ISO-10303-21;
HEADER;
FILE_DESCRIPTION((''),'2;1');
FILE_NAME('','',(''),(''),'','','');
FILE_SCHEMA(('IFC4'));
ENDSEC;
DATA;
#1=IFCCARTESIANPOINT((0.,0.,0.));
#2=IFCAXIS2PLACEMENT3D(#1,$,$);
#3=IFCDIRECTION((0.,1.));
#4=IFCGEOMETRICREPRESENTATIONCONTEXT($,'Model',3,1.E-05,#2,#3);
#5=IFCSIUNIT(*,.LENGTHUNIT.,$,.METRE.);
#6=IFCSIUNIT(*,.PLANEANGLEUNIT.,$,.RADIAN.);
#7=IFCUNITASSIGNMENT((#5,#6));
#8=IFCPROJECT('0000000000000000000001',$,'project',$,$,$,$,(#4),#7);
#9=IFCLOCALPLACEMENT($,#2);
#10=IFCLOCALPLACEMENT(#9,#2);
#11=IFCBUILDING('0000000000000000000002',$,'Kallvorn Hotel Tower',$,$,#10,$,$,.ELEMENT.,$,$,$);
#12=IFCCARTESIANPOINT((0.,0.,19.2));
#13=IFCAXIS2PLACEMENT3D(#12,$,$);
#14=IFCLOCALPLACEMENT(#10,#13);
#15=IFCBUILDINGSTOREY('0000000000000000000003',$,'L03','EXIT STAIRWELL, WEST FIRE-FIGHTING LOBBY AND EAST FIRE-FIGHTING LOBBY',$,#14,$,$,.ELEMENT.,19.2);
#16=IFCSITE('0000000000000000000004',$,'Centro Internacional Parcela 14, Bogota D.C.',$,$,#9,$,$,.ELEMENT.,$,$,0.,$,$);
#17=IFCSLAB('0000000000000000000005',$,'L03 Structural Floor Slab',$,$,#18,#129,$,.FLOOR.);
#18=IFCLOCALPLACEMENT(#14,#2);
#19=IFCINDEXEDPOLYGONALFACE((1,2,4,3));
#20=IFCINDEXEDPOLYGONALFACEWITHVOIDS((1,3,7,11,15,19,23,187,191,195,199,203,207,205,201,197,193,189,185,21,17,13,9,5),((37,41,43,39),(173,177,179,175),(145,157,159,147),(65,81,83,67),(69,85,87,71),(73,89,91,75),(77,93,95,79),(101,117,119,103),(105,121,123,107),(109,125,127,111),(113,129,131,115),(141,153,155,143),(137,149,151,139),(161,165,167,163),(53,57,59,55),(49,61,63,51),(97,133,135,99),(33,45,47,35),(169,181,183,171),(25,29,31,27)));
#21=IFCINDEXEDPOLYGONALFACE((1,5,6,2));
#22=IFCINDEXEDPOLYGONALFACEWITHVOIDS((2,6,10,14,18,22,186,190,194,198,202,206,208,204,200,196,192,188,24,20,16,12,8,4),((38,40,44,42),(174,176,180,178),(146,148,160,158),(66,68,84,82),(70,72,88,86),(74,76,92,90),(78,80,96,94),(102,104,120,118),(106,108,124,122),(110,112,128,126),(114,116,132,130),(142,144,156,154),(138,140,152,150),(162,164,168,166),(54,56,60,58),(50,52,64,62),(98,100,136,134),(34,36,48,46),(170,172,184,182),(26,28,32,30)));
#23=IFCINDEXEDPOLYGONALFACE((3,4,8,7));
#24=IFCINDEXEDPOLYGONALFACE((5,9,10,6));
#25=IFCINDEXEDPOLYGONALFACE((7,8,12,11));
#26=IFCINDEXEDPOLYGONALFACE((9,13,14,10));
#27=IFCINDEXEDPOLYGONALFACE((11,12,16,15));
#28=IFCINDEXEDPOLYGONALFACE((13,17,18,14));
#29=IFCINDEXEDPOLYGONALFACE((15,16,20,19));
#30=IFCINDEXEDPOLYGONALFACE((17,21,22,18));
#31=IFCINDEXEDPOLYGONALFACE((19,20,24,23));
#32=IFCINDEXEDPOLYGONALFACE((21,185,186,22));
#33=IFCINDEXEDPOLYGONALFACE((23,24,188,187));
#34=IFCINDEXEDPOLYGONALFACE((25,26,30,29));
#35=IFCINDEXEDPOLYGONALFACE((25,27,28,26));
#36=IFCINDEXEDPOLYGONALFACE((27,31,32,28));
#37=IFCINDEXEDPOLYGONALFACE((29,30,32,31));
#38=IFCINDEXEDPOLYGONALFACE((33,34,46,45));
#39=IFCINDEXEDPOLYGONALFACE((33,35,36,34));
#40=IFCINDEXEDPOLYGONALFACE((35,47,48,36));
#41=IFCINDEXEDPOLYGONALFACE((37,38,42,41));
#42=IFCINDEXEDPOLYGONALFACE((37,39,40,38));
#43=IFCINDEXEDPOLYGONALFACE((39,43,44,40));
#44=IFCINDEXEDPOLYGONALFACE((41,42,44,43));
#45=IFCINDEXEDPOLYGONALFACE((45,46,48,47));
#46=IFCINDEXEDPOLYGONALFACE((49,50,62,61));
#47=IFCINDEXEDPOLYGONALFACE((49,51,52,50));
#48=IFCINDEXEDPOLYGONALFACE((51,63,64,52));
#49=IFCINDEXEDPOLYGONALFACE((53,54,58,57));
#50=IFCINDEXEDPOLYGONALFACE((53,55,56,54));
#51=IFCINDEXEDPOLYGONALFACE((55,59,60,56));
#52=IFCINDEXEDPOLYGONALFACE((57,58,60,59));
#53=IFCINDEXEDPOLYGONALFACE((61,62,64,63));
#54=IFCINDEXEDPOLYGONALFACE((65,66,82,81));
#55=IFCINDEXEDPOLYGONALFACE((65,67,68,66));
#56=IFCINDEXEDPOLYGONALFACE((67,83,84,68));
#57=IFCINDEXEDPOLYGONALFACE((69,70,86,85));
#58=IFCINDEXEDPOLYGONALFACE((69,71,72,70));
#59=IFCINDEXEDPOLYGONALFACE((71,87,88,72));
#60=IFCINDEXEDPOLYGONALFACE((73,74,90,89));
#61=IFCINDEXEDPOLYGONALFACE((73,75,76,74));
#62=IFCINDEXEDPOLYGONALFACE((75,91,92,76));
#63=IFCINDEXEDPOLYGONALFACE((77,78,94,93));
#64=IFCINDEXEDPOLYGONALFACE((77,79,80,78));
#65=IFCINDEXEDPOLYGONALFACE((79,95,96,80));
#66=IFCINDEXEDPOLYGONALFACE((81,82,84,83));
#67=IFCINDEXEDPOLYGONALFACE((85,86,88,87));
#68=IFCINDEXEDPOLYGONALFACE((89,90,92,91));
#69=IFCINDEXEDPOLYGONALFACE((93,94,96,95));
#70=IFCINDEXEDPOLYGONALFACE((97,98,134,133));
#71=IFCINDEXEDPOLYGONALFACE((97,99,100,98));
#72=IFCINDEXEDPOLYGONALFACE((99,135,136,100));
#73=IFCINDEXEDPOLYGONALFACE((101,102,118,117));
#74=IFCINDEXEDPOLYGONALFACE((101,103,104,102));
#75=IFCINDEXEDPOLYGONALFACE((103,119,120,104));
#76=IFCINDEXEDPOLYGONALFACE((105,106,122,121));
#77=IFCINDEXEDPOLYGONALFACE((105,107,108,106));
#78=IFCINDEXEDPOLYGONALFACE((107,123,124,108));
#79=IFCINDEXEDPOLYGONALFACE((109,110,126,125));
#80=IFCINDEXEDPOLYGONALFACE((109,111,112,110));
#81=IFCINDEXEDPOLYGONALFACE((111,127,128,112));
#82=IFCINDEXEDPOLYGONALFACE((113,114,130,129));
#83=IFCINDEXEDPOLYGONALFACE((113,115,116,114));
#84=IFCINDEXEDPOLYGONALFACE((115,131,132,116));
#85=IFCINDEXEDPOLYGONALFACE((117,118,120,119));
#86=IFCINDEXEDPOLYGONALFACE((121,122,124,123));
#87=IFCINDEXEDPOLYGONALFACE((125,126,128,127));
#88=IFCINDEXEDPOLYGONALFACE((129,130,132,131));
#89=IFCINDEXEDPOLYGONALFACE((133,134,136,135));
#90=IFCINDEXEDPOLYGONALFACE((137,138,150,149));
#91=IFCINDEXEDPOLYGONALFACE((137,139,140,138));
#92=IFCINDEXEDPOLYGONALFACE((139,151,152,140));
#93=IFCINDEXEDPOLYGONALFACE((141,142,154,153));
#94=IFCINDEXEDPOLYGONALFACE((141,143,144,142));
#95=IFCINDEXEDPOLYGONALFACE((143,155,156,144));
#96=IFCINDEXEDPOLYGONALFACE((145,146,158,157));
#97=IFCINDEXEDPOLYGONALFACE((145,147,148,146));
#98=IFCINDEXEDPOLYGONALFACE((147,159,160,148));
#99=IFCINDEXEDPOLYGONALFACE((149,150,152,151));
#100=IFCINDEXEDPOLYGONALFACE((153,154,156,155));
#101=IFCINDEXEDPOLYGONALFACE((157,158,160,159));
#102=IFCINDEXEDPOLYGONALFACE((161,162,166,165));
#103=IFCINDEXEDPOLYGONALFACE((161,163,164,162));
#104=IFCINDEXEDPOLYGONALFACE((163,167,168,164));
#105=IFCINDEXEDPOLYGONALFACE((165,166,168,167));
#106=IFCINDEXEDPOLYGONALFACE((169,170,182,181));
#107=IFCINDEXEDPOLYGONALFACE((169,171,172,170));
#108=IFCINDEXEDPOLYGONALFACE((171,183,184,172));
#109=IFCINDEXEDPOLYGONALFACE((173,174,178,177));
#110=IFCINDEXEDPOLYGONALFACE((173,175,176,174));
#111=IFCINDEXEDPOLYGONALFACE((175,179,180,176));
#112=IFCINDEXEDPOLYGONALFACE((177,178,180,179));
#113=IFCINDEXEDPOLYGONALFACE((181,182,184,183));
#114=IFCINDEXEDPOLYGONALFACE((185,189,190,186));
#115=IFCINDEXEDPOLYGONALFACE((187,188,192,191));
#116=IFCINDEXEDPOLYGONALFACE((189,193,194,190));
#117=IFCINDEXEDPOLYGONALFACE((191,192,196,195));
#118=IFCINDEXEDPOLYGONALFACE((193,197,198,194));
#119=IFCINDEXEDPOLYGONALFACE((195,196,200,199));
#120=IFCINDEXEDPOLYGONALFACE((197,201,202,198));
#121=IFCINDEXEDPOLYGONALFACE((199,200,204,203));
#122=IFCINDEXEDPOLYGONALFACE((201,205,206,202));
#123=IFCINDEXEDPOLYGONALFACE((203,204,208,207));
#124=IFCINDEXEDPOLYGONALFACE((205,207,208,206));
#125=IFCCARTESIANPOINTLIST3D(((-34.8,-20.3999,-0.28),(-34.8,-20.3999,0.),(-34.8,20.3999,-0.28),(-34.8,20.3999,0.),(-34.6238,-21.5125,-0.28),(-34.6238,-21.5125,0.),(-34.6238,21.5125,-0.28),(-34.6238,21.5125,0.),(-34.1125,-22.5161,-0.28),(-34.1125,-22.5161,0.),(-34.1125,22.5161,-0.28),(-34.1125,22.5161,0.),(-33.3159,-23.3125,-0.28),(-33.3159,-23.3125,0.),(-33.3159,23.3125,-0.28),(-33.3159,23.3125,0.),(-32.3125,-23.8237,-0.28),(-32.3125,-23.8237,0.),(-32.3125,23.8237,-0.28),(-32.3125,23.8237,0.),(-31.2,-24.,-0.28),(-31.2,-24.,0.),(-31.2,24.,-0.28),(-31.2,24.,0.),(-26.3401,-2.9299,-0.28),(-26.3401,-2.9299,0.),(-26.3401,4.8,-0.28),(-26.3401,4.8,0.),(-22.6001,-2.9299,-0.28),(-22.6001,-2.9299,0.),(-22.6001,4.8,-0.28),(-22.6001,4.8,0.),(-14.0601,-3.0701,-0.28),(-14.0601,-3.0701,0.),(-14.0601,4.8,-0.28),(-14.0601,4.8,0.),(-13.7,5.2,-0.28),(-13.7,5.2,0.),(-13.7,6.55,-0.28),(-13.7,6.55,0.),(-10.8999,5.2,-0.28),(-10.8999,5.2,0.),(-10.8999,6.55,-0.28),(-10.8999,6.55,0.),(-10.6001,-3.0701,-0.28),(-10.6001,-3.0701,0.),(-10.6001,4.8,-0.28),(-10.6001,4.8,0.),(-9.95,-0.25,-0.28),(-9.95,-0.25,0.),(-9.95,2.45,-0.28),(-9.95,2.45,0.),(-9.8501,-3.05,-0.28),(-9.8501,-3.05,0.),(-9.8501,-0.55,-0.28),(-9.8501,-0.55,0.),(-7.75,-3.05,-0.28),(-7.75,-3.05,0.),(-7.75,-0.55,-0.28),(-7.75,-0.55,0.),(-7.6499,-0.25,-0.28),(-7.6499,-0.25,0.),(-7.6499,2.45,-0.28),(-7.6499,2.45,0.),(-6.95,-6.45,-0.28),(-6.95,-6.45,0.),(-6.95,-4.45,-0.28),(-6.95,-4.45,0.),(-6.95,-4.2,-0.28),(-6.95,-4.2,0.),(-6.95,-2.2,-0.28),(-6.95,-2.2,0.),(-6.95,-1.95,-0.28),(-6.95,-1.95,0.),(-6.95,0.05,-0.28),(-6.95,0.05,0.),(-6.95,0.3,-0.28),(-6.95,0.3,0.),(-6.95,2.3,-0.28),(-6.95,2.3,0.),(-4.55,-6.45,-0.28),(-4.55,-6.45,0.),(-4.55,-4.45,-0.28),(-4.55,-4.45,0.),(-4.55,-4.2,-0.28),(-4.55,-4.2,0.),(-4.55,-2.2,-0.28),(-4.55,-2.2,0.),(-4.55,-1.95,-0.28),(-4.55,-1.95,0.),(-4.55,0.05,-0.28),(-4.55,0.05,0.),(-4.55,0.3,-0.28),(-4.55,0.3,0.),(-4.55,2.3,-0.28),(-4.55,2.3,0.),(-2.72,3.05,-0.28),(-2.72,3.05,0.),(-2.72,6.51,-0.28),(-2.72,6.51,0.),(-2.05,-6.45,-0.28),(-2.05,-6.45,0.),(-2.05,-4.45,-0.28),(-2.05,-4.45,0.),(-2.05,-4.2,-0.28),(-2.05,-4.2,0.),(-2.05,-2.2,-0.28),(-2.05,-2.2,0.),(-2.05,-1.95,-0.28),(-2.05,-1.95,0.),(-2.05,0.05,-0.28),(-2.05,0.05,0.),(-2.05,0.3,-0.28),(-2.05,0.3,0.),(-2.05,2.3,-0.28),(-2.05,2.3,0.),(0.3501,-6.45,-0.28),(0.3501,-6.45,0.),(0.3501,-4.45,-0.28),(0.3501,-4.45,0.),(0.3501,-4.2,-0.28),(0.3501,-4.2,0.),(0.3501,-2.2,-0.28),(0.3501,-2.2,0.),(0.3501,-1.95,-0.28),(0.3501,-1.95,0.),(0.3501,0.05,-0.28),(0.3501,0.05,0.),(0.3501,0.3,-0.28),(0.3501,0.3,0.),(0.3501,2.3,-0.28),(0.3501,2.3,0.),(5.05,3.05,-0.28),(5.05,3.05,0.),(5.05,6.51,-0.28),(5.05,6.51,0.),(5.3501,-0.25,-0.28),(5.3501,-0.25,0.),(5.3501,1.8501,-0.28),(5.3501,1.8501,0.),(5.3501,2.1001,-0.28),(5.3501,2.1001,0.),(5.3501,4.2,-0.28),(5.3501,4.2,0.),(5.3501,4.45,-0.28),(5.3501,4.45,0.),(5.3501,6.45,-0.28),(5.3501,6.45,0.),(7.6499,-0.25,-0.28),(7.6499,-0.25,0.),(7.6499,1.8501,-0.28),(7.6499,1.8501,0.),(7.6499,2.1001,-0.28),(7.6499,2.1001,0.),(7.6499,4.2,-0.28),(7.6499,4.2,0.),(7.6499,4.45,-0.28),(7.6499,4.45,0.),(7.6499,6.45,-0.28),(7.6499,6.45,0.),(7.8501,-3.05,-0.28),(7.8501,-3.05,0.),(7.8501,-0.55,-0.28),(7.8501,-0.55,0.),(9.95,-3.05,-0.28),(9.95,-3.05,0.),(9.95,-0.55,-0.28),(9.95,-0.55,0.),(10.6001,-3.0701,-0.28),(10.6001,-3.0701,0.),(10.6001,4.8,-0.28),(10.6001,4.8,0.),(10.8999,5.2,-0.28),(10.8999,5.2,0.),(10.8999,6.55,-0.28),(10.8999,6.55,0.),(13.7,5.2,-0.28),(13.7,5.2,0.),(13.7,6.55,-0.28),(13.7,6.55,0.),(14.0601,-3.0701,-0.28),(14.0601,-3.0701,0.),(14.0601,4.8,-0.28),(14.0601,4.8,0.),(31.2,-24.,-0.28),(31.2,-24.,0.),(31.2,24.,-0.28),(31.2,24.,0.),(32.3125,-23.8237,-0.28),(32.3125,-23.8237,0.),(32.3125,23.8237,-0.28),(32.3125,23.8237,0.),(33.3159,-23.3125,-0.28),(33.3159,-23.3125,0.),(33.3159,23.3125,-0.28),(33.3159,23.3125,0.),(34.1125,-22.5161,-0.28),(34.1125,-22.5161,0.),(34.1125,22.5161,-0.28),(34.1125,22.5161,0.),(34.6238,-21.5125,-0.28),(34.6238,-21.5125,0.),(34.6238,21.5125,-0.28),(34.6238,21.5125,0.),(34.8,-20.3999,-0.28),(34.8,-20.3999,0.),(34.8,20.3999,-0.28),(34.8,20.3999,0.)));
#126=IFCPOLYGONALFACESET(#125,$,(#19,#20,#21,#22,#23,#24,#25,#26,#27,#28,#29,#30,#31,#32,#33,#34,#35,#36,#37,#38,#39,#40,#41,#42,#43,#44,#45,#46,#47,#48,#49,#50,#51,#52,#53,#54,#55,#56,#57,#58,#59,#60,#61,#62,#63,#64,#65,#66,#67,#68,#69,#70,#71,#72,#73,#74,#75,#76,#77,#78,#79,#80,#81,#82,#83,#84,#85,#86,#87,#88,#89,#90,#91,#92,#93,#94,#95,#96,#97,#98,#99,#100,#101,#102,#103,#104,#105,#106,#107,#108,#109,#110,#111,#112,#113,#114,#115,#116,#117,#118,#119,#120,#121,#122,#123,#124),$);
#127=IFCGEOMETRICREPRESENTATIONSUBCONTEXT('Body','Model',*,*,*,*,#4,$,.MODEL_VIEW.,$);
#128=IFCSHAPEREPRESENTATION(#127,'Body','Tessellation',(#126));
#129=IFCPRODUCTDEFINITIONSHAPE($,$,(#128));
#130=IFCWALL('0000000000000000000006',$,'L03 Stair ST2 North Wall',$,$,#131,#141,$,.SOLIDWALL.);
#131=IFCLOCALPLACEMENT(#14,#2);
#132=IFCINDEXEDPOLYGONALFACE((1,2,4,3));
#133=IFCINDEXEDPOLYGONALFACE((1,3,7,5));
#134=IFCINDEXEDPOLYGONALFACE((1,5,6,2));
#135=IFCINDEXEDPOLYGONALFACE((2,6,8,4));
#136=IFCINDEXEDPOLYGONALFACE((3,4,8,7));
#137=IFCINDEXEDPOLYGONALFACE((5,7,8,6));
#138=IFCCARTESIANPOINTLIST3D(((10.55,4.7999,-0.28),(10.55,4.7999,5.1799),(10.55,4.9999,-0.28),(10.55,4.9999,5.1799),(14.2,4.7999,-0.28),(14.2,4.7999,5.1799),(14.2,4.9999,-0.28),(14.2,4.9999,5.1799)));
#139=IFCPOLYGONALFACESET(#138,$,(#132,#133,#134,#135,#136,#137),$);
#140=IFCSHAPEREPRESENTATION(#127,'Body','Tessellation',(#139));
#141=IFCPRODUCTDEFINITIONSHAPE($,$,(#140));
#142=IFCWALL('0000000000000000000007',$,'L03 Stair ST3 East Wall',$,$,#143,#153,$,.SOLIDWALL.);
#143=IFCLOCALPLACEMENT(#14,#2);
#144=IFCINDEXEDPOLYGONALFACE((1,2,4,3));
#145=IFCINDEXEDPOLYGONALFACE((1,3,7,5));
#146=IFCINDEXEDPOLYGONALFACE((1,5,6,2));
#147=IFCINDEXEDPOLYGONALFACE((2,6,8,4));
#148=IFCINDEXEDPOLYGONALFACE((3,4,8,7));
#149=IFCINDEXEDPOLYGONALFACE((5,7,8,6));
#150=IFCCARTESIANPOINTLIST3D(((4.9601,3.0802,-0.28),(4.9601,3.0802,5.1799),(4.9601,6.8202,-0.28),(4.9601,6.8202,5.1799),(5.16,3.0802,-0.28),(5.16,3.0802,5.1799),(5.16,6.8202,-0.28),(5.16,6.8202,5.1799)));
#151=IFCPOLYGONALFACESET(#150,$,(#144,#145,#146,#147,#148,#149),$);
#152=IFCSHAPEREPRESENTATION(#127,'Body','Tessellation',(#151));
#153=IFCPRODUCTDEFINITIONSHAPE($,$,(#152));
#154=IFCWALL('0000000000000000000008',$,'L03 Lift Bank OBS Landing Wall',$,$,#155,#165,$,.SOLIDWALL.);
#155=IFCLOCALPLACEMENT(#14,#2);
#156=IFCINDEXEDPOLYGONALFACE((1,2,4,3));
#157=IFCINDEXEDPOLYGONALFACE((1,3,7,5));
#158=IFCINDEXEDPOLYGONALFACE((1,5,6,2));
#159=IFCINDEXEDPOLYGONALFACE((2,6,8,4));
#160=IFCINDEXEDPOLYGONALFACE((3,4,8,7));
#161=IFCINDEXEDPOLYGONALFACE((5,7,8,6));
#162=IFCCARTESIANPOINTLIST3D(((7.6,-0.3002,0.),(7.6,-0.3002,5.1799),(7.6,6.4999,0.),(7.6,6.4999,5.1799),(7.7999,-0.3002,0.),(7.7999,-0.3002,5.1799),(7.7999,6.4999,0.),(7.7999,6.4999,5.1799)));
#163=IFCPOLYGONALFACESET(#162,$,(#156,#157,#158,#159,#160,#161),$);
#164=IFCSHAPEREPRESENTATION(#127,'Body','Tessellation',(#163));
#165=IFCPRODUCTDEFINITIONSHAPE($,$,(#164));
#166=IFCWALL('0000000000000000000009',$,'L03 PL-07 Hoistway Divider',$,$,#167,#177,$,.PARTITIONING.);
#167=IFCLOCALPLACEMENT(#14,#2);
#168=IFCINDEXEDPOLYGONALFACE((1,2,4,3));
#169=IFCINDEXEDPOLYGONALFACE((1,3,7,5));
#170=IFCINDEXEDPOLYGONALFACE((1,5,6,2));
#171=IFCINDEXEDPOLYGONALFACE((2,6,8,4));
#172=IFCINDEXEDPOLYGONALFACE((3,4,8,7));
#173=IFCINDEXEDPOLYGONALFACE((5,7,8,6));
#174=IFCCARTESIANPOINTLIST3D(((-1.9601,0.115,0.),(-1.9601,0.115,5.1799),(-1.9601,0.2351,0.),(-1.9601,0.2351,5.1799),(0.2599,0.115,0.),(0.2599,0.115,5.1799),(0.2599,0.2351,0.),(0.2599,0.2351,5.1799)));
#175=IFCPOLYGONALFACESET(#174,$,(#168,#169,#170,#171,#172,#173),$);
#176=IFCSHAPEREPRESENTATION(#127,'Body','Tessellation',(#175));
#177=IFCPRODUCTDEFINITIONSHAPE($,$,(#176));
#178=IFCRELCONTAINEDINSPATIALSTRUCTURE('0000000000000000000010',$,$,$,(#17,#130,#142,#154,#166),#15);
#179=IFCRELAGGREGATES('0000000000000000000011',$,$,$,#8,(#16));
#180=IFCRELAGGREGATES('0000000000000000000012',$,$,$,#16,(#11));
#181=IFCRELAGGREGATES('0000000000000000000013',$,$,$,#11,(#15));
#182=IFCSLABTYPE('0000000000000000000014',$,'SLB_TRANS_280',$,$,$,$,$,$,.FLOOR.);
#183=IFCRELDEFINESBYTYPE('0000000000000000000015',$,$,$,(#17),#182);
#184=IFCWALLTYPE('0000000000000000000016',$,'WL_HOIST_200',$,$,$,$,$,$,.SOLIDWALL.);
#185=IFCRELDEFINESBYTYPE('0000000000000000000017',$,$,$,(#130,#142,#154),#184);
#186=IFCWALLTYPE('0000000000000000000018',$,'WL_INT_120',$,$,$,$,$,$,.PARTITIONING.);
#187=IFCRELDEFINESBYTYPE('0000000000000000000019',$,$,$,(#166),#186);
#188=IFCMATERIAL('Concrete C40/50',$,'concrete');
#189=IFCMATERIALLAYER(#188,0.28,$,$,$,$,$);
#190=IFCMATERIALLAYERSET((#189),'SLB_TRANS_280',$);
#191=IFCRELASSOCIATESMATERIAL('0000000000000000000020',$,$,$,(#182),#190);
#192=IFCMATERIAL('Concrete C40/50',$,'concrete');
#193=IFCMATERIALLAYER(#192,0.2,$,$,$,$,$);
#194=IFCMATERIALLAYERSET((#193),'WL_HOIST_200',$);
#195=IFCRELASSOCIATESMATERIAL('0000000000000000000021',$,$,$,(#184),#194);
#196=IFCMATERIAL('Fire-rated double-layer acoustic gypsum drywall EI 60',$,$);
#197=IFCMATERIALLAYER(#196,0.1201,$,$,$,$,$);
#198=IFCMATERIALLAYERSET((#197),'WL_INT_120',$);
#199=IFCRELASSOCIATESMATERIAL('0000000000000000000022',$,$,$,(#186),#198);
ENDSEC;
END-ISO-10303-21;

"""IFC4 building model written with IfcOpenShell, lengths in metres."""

from ifc_helpers import new_model, si_unit, direction, frame, frame_2d, origin, place, context, subcontext, project, spatial, polyline, rectangle, outline, extrude, material, layer, layer_set, type_object, element, save


model = new_model("IFC4")

# Units and contexts
model_context = context("Model", 3, precision=1e-05, world=origin(), true_north=direction((0.0, 1.0)))
body_context = subcontext(model_context, "Body", "Model", "MODEL_VIEW")
ifc_project = project(units=[si_unit("LENGTHUNIT", "METRE"), si_unit("PLANEANGLEUNIT", "RADIAN")], contexts=[model_context])

# Site, building, storey
site_placement = place(None, origin())
site = spatial("IfcSite", under=ifc_project, at=site_placement, Name="Centro Internacional Parcela 14, Bogota D.C.", CompositionType="ELEMENT", RefElevation=0.0)
building_placement = place(site_placement, origin())
building = spatial("IfcBuilding", under=site, at=building_placement, Name="Kallvorn Hotel Tower", CompositionType="ELEMENT")
storey_placement = place(building_placement, frame((0.0, 0.0, 19.2)))
storey = spatial("IfcBuildingStorey", under=building, at=storey_placement, Name="L03", Description="EXIT STAIRWELL, WEST FIRE-FIGHTING LOBBY AND EAST FIRE-FIGHTING LOBBY", CompositionType="ELEMENT", Elevation=19.2)

# Slab
ifc_material_1 = material(Name="Concrete C40/50", Category="concrete")
ifc_layer_1 = layer(ifc_material_1, 0.28)
ifc_layer_set_1 = layer_set([ifc_layer_1], Name="SLB_TRANS_280")
slab_type_1 = type_object("IfcSlabType", Name="SLB_TRANS_280", PredefinedType="FLOOR", material=ifc_layer_set_1)
slab_1_placement = place(storey_placement, frame((0.0, 0.0, -0.28)))
element("IfcSlab", 1, at=slab_1_placement, inside=storey, type_object=slab_type_1, Name="L03 Structural Floor Slab", PredefinedType="FLOOR", context=body_context, shape_type="SweptSolid", body=[
    extrude(outline(polyline([(31.2, -24.0), (32.3125, -23.8237), (33.3159, -23.3125), (34.1125, -22.5161), (34.6238, -21.5125), (34.8, -20.3999), (34.8, 20.3999), (34.6238, 21.5125), (34.1125, 22.5161), (33.3159, 23.3125), (32.3125, 23.8237), (31.2, 24.0), (-31.2, 24.0), (-32.3125, 23.8237), (-33.3159, 23.3125), (-34.1125, 22.5161), (-34.6238, 21.5125), (-34.8, 20.3999), (-34.8, -20.3999), (-34.6238, -21.5125), (-34.1125, -22.5161), (-33.3159, -23.3125), (-32.3125, -23.8237), (-31.2, -24.0), (31.2, -24.0)]), holes=[polyline([(-10.6001, -3.0701), (-10.6001, 4.8), (-14.0601, 4.8), (-14.0601, -3.0701), (-10.6001, -3.0701)]), polyline([(14.0601, -3.0701), (14.0601, 4.8), (10.6001, 4.8), (10.6001, -3.0701), (14.0601, -3.0701)]), polyline([(-2.72, 3.05), (5.05, 3.05), (5.05, 6.51), (-2.72, 6.51), (-2.72, 3.05)]), polyline([(-22.6001, -2.9299), (-22.6001, 4.8), (-26.3401, 4.8), (-26.3401, -2.9299), (-22.6001, -2.9299)]), polyline([(-6.95, -6.45), (-4.55, -6.45), (-4.55, -4.45), (-6.95, -4.45), (-6.95, -6.45)]), polyline([(-6.95, -4.2), (-4.55, -4.2), (-4.55, -2.2), (-6.95, -2.2), (-6.95, -4.2)]), polyline([(-6.95, -1.95), (-4.55, -1.95), (-4.55, 0.05), (-6.95, 0.05), (-6.95, -1.95)]), polyline([(-6.95, 0.3), (-4.55, 0.3), (-4.55, 2.3), (-6.95, 2.3), (-6.95, 0.3)]), polyline([(-2.05, -6.45), (0.3501, -6.45), (0.3501, -4.45), (-2.05, -4.45), (-2.05, -6.45)]), polyline([(-2.05, -4.2), (0.3501, -4.2), (0.3501, -2.2), (-2.05, -2.2), (-2.05, -4.2)]), polyline([(-2.05, -1.95), (0.3501, -1.95), (0.3501, 0.05), (-2.05, 0.05), (-2.05, -1.95)]), polyline([(-2.05, 0.3), (0.3501, 0.3), (0.3501, 2.3), (-2.05, 2.3), (-2.05, 0.3)]), polyline([(5.3501, -0.25), (7.6499, -0.25), (7.6499, 1.8501), (5.3501, 1.8501), (5.3501, -0.25)]), polyline([(5.3501, 2.1001), (7.6499, 2.1001), (7.6499, 4.2), (5.3501, 4.2), (5.3501, 2.1001)]), polyline([(5.3501, 4.45), (7.6499, 4.45), (7.6499, 6.45), (5.3501, 6.45), (5.3501, 4.45)]), polyline([(-9.8501, -3.05), (-7.75, -3.05), (-7.75, -0.55), (-9.8501, -0.55), (-9.8501, -3.05)]), polyline([(7.8501, -3.05), (9.95, -3.05), (9.95, -0.55), (7.8501, -0.55), (7.8501, -3.05)]), polyline([(-9.95, -0.25), (-7.6499, -0.25), (-7.6499, 2.45), (-9.95, 2.45), (-9.95, -0.25)]), polyline([(-13.7, 5.2), (-10.8999, 5.2), (-10.8999, 6.55), (-13.7, 6.55), (-13.7, 5.2)]), polyline([(10.8999, 5.2), (13.7, 5.2), (13.7, 6.55), (10.8999, 6.55), (10.8999, 5.2)])]), origin(), (0.0, 0.0, 1.0), 0.28),
])

# Walls
ifc_material_2 = material(Name="Concrete C40/50", Category="concrete")
ifc_layer_2 = layer(ifc_material_2, 0.2)
ifc_layer_set_2 = layer_set([ifc_layer_2], Name="WL_HOIST_200")
wall_type_1 = type_object("IfcWallType", Name="WL_HOIST_200", PredefinedType="SOLIDWALL", material=ifc_layer_set_2)
wall_1_placement = place(storey_placement, frame((10.55, 4.8999, -0.28), z_axis=(0.0, 0.0, 1.0), x_axis=(1.0, 0.0, 0.0)))
element("IfcWall", 2, at=wall_1_placement, inside=storey, type_object=wall_type_1, Name="L03 Stair ST2 North Wall", PredefinedType="SOLIDWALL", context=body_context, shape_type="SweptSolid", body=[
    extrude(rectangle(XDim=3.6499, YDim=0.2, at=frame_2d((1.825, 0.0))), origin(), (0.0, 0.0, 1.0), 5.46),
])
wall_2_placement = place(storey_placement, frame((5.0601, 3.0801, -0.28), z_axis=(0.0, 0.0, 1.0), x_axis=(0.0, 1.0, 0.0)))
element("IfcWall", 3, at=wall_2_placement, inside=storey, type_object=wall_type_1, Name="L03 Stair ST3 East Wall", PredefinedType="SOLIDWALL", context=body_context, shape_type="SweptSolid", body=[
    extrude(rectangle(XDim=3.74, YDim=0.2, at=frame_2d((1.8701, 0.0))), origin(), (0.0, 0.0, 1.0), 5.46),
])
wall_3_placement = place(storey_placement, frame((7.7, -0.3, 0.0), z_axis=(0.0, 0.0, 1.0), x_axis=(0.0, 1.0, 0.0)))
element("IfcWall", 4, at=wall_3_placement, inside=storey, type_object=wall_type_1, Name="L03 Lift Bank OBS Landing Wall", PredefinedType="SOLIDWALL", context=body_context, shape_type="SweptSolid", body=[
    extrude(rectangle(XDim=6.8, YDim=0.2, at=frame_2d((3.3999, 0.0))), origin(), (0.0, 0.0, 1.0), 5.1799),
])
ifc_material_3 = material(Name="Fire-rated double-layer acoustic gypsum drywall EI 60")
ifc_layer_3 = layer(ifc_material_3, 0.1201)
ifc_layer_set_3 = layer_set([ifc_layer_3], Name="WL_INT_120")
wall_type_2 = type_object("IfcWallType", Name="WL_INT_120", PredefinedType="PARTITIONING", material=ifc_layer_set_3)
for number, where, z_axis, x_axis, name in (
    (5, (-1.96, 0.175, 0.0), (0.0, 0.0, 1.0), (1.0, 0.0, 0.0), "L03 PL-07 Hoistway Divider"),
):
    element("IfcWall", number, at=place(storey_placement, frame(where, z_axis=z_axis, x_axis=x_axis)), inside=storey, type_object=wall_type_2, Name=name, PredefinedType="PARTITIONING", context=body_context, shape_type="SweptSolid", body=[
        extrude(rectangle(XDim=2.22, YDim=0.1201, at=frame_2d((1.1099, 0.0))), origin(), (0.0, 0.0, 1.0), 5.1799),
    ])

save(model, "model.ifc")
